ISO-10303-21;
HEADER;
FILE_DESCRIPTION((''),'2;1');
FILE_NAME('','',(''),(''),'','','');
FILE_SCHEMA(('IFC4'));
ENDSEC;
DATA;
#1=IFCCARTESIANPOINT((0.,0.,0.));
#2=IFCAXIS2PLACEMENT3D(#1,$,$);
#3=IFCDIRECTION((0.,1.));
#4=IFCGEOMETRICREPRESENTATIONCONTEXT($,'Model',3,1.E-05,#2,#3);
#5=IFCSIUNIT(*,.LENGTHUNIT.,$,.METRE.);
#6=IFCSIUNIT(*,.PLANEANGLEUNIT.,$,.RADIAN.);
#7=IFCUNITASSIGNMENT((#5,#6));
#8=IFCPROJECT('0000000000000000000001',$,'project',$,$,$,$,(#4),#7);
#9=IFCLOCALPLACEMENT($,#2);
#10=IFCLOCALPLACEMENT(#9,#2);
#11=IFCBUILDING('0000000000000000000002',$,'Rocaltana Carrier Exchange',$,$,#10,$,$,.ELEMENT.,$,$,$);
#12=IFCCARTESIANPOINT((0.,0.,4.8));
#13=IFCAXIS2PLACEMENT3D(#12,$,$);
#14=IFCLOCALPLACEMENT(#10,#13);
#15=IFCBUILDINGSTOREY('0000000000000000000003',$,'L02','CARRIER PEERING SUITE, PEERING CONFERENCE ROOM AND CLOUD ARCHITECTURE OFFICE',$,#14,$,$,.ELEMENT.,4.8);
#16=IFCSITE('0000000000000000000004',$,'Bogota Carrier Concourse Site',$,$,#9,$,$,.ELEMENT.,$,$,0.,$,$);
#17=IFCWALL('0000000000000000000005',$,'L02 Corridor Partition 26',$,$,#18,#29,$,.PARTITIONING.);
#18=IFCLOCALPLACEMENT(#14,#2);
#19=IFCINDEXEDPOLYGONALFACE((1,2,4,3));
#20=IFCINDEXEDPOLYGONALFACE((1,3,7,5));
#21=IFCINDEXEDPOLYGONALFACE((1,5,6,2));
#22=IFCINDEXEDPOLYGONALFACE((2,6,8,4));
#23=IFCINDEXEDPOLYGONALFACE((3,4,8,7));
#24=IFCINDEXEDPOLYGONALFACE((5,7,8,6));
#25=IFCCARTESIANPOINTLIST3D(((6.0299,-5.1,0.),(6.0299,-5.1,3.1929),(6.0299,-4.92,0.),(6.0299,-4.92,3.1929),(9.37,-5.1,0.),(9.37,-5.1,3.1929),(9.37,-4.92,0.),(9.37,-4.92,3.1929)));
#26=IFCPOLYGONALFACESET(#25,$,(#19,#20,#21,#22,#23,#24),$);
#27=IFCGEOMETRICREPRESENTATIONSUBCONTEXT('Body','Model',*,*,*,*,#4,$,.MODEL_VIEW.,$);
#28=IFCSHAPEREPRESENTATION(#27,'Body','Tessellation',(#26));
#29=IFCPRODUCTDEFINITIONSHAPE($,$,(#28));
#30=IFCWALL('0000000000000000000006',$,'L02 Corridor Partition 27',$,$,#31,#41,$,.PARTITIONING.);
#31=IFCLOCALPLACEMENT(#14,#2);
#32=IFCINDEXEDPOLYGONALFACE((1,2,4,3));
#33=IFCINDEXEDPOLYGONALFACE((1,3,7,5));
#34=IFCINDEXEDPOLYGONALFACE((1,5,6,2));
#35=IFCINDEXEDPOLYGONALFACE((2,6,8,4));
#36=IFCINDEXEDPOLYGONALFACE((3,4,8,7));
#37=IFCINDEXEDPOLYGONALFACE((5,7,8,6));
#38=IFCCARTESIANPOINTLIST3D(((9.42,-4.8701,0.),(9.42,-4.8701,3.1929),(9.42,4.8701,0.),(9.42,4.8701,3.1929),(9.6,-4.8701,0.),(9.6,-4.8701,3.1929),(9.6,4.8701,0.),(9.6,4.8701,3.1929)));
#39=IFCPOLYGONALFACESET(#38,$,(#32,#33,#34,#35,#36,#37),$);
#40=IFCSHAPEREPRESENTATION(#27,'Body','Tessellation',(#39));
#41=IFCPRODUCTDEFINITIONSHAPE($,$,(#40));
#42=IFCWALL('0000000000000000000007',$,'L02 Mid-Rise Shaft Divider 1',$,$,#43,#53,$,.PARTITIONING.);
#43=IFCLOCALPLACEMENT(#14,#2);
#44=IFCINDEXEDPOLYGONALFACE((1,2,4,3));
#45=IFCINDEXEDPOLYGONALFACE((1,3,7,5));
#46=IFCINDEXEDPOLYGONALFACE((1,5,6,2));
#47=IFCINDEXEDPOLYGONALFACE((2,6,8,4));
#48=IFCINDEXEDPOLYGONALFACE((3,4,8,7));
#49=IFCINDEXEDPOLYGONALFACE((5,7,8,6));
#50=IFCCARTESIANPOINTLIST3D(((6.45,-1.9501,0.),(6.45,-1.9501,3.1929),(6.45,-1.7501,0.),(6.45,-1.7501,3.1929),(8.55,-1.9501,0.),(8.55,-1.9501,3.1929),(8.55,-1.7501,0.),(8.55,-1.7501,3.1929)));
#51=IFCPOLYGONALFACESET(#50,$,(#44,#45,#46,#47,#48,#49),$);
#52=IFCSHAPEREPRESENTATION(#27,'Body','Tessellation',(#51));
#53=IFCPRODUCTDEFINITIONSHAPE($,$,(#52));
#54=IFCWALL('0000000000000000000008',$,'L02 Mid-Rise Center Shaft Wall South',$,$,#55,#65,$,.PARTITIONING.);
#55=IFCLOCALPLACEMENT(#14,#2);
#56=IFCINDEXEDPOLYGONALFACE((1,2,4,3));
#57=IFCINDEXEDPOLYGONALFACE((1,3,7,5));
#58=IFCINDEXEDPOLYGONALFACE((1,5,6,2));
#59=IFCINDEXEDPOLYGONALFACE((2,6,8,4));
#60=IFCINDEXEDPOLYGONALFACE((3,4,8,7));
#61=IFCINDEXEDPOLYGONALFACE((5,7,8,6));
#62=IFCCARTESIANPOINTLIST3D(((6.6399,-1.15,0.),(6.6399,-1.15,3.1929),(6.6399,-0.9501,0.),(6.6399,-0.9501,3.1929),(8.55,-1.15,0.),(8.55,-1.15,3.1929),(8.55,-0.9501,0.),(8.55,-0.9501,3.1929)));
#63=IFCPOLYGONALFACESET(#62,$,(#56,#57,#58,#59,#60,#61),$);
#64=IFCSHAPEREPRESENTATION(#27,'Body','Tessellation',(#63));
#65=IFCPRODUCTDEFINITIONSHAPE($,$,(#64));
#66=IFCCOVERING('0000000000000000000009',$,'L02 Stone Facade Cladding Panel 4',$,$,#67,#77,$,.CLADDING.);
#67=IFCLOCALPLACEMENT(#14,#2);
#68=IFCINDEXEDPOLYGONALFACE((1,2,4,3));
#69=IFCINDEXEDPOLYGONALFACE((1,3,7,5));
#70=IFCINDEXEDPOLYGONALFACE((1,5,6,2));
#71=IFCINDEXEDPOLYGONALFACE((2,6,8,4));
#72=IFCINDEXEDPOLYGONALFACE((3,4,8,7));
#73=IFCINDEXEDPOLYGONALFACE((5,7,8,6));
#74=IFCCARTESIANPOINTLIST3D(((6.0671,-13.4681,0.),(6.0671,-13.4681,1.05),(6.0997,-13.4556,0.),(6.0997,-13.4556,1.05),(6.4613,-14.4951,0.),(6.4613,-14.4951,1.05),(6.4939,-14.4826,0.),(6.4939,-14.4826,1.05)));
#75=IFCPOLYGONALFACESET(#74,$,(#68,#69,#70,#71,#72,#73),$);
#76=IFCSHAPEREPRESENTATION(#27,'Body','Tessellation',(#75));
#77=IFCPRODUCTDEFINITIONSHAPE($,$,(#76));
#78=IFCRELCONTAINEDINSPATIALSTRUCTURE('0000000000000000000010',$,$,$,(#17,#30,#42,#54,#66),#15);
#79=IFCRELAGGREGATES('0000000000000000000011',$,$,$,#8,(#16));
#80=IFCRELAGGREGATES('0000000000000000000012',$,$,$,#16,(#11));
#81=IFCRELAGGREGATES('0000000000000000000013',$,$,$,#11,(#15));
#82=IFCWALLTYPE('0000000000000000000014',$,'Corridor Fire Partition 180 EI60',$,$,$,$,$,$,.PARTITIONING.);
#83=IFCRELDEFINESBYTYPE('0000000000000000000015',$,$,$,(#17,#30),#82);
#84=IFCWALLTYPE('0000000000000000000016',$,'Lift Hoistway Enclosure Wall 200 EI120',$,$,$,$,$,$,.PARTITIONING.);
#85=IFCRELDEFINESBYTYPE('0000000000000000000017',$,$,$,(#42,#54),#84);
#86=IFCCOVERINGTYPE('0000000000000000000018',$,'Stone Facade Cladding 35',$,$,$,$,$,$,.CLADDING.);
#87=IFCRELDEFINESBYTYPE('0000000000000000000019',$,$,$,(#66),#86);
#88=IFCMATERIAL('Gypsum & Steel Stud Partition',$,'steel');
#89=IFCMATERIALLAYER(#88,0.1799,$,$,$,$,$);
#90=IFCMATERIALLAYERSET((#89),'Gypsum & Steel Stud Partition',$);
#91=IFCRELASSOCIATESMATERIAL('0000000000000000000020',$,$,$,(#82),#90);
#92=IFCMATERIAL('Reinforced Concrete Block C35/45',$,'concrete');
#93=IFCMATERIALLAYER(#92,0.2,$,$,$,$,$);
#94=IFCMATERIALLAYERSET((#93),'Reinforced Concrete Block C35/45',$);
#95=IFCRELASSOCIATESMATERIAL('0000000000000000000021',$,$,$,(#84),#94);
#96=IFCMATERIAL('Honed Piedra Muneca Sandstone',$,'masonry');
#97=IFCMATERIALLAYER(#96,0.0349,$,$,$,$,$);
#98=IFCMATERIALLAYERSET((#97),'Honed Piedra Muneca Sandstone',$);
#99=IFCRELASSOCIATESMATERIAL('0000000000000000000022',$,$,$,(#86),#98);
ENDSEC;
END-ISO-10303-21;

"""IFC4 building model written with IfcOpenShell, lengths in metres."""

from ifc_helpers import new_model, si_unit, direction, frame, frame_2d, origin, origin_2d, place, context, subcontext, project, spatial, rectangle, extrude, material, layer, layer_set, type_object, element, save


model = new_model("IFC4")

# Units and contexts
model_context = context("Model", 3, precision=1e-05, world=origin(), true_north=direction((0.0, 1.0)))
body_context = subcontext(model_context, "Body", "Model", "MODEL_VIEW")
ifc_project = project(units=[si_unit("LENGTHUNIT", "METRE"), si_unit("PLANEANGLEUNIT", "RADIAN")], contexts=[model_context])

# Site, building, storey
site_placement = place(None, origin())
site = spatial("IfcSite", under=ifc_project, at=site_placement, Name="Bogota Carrier Concourse Site", CompositionType="ELEMENT", RefElevation=0.0)
building_placement = place(site_placement, origin())
building = spatial("IfcBuilding", under=site, at=building_placement, Name="Rocaltana Carrier Exchange", CompositionType="ELEMENT")
storey_placement = place(building_placement, frame((0.0, 0.0, 4.8)))
storey = spatial("IfcBuildingStorey", under=building, at=storey_placement, Name="L02", Description="CARRIER PEERING SUITE, PEERING CONFERENCE ROOM AND CLOUD ARCHITECTURE OFFICE", CompositionType="ELEMENT", Elevation=4.8)

# Shared definitions
ifc_material_1 = material(Name="Gypsum & Steel Stud Partition", Category="steel")
ifc_layer_1 = layer(ifc_material_1, 0.1799)
ifc_layer_set_1 = layer_set([ifc_layer_1], Name="Gypsum & Steel Stud Partition")
wall_type_1 = type_object("IfcWallType", Name="Corridor Fire Partition 180 EI60", PredefinedType="PARTITIONING", material=ifc_layer_set_1)

# Walls
wall_1_placement = place(storey_placement, frame((6.03, -5.01, 0.0), z_axis=(0.0, 0.0, 1.0), x_axis=(1.0, 0.0, 0.0)))
element("IfcWall", 1, at=wall_1_placement, inside=storey, type_object=wall_type_1, Name="L02 Corridor Partition 26", PredefinedType="PARTITIONING", context=body_context, shape_type="SweptSolid", body=[
    extrude(rectangle(XDim=3.3401, YDim=0.1799, at=frame_2d((1.6699, 0.0))), origin(), (0.0, 0.0, 1.0), 3.1929),
])
wall_2_placement = place(storey_placement, frame((9.51, -4.8701, 0.0), z_axis=(0.0, 0.0, 1.0), x_axis=(0.0, 1.0, 0.0)))
element("IfcWall", 2, at=wall_2_placement, inside=storey, type_object=wall_type_1, Name="L02 Corridor Partition 27", PredefinedType="PARTITIONING", context=body_context, shape_type="SweptSolid", body=[
    extrude(rectangle(XDim=9.7402, YDim=0.1799, at=frame_2d((4.8701, 0.0))), origin(), (0.0, 0.0, 1.0), 3.1929),
])
ifc_material_2 = material(Name="Reinforced Concrete Block C35/45", Category="concrete")
ifc_layer_2 = layer(ifc_material_2, 0.2)
ifc_layer_set_2 = layer_set([ifc_layer_2], Name="Reinforced Concrete Block C35/45")
wall_type_2 = type_object("IfcWallType", Name="Lift Hoistway Enclosure Wall 200 EI120", PredefinedType="PARTITIONING", material=ifc_layer_set_2)
wall_3_placement = place(storey_placement, frame((6.45, -1.8501, 0.0), z_axis=(0.0, 0.0, 1.0), x_axis=(1.0, 0.0, 0.0)))
element("IfcWall", 3, at=wall_3_placement, inside=storey, type_object=wall_type_2, Name="L02 Mid-Rise Shaft Divider 1", PredefinedType="PARTITIONING", context=body_context, shape_type="SweptSolid", body=[
    extrude(rectangle(XDim=2.1001, YDim=0.2, at=frame_2d((1.05, 0.0))), origin(), (0.0, 0.0, 1.0), 3.1929),
])
wall_4_placement = place(storey_placement, frame((6.6399, -1.05, 0.0), z_axis=(0.0, 0.0, 1.0), x_axis=(1.0, 0.0, 0.0)))
element("IfcWall", 4, at=wall_4_placement, inside=storey, type_object=wall_type_2, Name="L02 Mid-Rise Center Shaft Wall South", PredefinedType="PARTITIONING", context=body_context, shape_type="SweptSolid", body=[
    extrude(rectangle(XDim=1.9102, YDim=0.2, at=frame_2d((0.9551, 0.0))), origin(), (0.0, 0.0, 1.0), 3.1929),
])

# Covering
ifc_material_3 = material(Name="Honed Piedra Muneca Sandstone", Category="masonry")
ifc_layer_3 = layer(ifc_material_3, 0.0349)
ifc_layer_set_3 = layer_set([ifc_layer_3], Name="Honed Piedra Muneca Sandstone")
covering_type = type_object("IfcCoveringType", Name="Stone Facade Cladding 35", PredefinedType="CLADDING", material=ifc_layer_set_3)
covering_placement = place(storey_placement, frame((6.2805, -13.9753, 0.0), z_axis=(0.0, 0.0, 1.0), x_axis=(-0.358368, 0.93358, 0.0)))
element("IfcCovering", 5, at=covering_placement, inside=storey, type_object=covering_type, Name="L02 Stone Facade Cladding Panel 4", PredefinedType="CLADDING", context=body_context, shape_type="SweptSolid", body=[
    extrude(rectangle(XDim=1.1001, YDim=0.0349, at=origin_2d()), origin(), (0.0, 0.0, 1.0), 1.05),
])

save(model, "model.ifc")
